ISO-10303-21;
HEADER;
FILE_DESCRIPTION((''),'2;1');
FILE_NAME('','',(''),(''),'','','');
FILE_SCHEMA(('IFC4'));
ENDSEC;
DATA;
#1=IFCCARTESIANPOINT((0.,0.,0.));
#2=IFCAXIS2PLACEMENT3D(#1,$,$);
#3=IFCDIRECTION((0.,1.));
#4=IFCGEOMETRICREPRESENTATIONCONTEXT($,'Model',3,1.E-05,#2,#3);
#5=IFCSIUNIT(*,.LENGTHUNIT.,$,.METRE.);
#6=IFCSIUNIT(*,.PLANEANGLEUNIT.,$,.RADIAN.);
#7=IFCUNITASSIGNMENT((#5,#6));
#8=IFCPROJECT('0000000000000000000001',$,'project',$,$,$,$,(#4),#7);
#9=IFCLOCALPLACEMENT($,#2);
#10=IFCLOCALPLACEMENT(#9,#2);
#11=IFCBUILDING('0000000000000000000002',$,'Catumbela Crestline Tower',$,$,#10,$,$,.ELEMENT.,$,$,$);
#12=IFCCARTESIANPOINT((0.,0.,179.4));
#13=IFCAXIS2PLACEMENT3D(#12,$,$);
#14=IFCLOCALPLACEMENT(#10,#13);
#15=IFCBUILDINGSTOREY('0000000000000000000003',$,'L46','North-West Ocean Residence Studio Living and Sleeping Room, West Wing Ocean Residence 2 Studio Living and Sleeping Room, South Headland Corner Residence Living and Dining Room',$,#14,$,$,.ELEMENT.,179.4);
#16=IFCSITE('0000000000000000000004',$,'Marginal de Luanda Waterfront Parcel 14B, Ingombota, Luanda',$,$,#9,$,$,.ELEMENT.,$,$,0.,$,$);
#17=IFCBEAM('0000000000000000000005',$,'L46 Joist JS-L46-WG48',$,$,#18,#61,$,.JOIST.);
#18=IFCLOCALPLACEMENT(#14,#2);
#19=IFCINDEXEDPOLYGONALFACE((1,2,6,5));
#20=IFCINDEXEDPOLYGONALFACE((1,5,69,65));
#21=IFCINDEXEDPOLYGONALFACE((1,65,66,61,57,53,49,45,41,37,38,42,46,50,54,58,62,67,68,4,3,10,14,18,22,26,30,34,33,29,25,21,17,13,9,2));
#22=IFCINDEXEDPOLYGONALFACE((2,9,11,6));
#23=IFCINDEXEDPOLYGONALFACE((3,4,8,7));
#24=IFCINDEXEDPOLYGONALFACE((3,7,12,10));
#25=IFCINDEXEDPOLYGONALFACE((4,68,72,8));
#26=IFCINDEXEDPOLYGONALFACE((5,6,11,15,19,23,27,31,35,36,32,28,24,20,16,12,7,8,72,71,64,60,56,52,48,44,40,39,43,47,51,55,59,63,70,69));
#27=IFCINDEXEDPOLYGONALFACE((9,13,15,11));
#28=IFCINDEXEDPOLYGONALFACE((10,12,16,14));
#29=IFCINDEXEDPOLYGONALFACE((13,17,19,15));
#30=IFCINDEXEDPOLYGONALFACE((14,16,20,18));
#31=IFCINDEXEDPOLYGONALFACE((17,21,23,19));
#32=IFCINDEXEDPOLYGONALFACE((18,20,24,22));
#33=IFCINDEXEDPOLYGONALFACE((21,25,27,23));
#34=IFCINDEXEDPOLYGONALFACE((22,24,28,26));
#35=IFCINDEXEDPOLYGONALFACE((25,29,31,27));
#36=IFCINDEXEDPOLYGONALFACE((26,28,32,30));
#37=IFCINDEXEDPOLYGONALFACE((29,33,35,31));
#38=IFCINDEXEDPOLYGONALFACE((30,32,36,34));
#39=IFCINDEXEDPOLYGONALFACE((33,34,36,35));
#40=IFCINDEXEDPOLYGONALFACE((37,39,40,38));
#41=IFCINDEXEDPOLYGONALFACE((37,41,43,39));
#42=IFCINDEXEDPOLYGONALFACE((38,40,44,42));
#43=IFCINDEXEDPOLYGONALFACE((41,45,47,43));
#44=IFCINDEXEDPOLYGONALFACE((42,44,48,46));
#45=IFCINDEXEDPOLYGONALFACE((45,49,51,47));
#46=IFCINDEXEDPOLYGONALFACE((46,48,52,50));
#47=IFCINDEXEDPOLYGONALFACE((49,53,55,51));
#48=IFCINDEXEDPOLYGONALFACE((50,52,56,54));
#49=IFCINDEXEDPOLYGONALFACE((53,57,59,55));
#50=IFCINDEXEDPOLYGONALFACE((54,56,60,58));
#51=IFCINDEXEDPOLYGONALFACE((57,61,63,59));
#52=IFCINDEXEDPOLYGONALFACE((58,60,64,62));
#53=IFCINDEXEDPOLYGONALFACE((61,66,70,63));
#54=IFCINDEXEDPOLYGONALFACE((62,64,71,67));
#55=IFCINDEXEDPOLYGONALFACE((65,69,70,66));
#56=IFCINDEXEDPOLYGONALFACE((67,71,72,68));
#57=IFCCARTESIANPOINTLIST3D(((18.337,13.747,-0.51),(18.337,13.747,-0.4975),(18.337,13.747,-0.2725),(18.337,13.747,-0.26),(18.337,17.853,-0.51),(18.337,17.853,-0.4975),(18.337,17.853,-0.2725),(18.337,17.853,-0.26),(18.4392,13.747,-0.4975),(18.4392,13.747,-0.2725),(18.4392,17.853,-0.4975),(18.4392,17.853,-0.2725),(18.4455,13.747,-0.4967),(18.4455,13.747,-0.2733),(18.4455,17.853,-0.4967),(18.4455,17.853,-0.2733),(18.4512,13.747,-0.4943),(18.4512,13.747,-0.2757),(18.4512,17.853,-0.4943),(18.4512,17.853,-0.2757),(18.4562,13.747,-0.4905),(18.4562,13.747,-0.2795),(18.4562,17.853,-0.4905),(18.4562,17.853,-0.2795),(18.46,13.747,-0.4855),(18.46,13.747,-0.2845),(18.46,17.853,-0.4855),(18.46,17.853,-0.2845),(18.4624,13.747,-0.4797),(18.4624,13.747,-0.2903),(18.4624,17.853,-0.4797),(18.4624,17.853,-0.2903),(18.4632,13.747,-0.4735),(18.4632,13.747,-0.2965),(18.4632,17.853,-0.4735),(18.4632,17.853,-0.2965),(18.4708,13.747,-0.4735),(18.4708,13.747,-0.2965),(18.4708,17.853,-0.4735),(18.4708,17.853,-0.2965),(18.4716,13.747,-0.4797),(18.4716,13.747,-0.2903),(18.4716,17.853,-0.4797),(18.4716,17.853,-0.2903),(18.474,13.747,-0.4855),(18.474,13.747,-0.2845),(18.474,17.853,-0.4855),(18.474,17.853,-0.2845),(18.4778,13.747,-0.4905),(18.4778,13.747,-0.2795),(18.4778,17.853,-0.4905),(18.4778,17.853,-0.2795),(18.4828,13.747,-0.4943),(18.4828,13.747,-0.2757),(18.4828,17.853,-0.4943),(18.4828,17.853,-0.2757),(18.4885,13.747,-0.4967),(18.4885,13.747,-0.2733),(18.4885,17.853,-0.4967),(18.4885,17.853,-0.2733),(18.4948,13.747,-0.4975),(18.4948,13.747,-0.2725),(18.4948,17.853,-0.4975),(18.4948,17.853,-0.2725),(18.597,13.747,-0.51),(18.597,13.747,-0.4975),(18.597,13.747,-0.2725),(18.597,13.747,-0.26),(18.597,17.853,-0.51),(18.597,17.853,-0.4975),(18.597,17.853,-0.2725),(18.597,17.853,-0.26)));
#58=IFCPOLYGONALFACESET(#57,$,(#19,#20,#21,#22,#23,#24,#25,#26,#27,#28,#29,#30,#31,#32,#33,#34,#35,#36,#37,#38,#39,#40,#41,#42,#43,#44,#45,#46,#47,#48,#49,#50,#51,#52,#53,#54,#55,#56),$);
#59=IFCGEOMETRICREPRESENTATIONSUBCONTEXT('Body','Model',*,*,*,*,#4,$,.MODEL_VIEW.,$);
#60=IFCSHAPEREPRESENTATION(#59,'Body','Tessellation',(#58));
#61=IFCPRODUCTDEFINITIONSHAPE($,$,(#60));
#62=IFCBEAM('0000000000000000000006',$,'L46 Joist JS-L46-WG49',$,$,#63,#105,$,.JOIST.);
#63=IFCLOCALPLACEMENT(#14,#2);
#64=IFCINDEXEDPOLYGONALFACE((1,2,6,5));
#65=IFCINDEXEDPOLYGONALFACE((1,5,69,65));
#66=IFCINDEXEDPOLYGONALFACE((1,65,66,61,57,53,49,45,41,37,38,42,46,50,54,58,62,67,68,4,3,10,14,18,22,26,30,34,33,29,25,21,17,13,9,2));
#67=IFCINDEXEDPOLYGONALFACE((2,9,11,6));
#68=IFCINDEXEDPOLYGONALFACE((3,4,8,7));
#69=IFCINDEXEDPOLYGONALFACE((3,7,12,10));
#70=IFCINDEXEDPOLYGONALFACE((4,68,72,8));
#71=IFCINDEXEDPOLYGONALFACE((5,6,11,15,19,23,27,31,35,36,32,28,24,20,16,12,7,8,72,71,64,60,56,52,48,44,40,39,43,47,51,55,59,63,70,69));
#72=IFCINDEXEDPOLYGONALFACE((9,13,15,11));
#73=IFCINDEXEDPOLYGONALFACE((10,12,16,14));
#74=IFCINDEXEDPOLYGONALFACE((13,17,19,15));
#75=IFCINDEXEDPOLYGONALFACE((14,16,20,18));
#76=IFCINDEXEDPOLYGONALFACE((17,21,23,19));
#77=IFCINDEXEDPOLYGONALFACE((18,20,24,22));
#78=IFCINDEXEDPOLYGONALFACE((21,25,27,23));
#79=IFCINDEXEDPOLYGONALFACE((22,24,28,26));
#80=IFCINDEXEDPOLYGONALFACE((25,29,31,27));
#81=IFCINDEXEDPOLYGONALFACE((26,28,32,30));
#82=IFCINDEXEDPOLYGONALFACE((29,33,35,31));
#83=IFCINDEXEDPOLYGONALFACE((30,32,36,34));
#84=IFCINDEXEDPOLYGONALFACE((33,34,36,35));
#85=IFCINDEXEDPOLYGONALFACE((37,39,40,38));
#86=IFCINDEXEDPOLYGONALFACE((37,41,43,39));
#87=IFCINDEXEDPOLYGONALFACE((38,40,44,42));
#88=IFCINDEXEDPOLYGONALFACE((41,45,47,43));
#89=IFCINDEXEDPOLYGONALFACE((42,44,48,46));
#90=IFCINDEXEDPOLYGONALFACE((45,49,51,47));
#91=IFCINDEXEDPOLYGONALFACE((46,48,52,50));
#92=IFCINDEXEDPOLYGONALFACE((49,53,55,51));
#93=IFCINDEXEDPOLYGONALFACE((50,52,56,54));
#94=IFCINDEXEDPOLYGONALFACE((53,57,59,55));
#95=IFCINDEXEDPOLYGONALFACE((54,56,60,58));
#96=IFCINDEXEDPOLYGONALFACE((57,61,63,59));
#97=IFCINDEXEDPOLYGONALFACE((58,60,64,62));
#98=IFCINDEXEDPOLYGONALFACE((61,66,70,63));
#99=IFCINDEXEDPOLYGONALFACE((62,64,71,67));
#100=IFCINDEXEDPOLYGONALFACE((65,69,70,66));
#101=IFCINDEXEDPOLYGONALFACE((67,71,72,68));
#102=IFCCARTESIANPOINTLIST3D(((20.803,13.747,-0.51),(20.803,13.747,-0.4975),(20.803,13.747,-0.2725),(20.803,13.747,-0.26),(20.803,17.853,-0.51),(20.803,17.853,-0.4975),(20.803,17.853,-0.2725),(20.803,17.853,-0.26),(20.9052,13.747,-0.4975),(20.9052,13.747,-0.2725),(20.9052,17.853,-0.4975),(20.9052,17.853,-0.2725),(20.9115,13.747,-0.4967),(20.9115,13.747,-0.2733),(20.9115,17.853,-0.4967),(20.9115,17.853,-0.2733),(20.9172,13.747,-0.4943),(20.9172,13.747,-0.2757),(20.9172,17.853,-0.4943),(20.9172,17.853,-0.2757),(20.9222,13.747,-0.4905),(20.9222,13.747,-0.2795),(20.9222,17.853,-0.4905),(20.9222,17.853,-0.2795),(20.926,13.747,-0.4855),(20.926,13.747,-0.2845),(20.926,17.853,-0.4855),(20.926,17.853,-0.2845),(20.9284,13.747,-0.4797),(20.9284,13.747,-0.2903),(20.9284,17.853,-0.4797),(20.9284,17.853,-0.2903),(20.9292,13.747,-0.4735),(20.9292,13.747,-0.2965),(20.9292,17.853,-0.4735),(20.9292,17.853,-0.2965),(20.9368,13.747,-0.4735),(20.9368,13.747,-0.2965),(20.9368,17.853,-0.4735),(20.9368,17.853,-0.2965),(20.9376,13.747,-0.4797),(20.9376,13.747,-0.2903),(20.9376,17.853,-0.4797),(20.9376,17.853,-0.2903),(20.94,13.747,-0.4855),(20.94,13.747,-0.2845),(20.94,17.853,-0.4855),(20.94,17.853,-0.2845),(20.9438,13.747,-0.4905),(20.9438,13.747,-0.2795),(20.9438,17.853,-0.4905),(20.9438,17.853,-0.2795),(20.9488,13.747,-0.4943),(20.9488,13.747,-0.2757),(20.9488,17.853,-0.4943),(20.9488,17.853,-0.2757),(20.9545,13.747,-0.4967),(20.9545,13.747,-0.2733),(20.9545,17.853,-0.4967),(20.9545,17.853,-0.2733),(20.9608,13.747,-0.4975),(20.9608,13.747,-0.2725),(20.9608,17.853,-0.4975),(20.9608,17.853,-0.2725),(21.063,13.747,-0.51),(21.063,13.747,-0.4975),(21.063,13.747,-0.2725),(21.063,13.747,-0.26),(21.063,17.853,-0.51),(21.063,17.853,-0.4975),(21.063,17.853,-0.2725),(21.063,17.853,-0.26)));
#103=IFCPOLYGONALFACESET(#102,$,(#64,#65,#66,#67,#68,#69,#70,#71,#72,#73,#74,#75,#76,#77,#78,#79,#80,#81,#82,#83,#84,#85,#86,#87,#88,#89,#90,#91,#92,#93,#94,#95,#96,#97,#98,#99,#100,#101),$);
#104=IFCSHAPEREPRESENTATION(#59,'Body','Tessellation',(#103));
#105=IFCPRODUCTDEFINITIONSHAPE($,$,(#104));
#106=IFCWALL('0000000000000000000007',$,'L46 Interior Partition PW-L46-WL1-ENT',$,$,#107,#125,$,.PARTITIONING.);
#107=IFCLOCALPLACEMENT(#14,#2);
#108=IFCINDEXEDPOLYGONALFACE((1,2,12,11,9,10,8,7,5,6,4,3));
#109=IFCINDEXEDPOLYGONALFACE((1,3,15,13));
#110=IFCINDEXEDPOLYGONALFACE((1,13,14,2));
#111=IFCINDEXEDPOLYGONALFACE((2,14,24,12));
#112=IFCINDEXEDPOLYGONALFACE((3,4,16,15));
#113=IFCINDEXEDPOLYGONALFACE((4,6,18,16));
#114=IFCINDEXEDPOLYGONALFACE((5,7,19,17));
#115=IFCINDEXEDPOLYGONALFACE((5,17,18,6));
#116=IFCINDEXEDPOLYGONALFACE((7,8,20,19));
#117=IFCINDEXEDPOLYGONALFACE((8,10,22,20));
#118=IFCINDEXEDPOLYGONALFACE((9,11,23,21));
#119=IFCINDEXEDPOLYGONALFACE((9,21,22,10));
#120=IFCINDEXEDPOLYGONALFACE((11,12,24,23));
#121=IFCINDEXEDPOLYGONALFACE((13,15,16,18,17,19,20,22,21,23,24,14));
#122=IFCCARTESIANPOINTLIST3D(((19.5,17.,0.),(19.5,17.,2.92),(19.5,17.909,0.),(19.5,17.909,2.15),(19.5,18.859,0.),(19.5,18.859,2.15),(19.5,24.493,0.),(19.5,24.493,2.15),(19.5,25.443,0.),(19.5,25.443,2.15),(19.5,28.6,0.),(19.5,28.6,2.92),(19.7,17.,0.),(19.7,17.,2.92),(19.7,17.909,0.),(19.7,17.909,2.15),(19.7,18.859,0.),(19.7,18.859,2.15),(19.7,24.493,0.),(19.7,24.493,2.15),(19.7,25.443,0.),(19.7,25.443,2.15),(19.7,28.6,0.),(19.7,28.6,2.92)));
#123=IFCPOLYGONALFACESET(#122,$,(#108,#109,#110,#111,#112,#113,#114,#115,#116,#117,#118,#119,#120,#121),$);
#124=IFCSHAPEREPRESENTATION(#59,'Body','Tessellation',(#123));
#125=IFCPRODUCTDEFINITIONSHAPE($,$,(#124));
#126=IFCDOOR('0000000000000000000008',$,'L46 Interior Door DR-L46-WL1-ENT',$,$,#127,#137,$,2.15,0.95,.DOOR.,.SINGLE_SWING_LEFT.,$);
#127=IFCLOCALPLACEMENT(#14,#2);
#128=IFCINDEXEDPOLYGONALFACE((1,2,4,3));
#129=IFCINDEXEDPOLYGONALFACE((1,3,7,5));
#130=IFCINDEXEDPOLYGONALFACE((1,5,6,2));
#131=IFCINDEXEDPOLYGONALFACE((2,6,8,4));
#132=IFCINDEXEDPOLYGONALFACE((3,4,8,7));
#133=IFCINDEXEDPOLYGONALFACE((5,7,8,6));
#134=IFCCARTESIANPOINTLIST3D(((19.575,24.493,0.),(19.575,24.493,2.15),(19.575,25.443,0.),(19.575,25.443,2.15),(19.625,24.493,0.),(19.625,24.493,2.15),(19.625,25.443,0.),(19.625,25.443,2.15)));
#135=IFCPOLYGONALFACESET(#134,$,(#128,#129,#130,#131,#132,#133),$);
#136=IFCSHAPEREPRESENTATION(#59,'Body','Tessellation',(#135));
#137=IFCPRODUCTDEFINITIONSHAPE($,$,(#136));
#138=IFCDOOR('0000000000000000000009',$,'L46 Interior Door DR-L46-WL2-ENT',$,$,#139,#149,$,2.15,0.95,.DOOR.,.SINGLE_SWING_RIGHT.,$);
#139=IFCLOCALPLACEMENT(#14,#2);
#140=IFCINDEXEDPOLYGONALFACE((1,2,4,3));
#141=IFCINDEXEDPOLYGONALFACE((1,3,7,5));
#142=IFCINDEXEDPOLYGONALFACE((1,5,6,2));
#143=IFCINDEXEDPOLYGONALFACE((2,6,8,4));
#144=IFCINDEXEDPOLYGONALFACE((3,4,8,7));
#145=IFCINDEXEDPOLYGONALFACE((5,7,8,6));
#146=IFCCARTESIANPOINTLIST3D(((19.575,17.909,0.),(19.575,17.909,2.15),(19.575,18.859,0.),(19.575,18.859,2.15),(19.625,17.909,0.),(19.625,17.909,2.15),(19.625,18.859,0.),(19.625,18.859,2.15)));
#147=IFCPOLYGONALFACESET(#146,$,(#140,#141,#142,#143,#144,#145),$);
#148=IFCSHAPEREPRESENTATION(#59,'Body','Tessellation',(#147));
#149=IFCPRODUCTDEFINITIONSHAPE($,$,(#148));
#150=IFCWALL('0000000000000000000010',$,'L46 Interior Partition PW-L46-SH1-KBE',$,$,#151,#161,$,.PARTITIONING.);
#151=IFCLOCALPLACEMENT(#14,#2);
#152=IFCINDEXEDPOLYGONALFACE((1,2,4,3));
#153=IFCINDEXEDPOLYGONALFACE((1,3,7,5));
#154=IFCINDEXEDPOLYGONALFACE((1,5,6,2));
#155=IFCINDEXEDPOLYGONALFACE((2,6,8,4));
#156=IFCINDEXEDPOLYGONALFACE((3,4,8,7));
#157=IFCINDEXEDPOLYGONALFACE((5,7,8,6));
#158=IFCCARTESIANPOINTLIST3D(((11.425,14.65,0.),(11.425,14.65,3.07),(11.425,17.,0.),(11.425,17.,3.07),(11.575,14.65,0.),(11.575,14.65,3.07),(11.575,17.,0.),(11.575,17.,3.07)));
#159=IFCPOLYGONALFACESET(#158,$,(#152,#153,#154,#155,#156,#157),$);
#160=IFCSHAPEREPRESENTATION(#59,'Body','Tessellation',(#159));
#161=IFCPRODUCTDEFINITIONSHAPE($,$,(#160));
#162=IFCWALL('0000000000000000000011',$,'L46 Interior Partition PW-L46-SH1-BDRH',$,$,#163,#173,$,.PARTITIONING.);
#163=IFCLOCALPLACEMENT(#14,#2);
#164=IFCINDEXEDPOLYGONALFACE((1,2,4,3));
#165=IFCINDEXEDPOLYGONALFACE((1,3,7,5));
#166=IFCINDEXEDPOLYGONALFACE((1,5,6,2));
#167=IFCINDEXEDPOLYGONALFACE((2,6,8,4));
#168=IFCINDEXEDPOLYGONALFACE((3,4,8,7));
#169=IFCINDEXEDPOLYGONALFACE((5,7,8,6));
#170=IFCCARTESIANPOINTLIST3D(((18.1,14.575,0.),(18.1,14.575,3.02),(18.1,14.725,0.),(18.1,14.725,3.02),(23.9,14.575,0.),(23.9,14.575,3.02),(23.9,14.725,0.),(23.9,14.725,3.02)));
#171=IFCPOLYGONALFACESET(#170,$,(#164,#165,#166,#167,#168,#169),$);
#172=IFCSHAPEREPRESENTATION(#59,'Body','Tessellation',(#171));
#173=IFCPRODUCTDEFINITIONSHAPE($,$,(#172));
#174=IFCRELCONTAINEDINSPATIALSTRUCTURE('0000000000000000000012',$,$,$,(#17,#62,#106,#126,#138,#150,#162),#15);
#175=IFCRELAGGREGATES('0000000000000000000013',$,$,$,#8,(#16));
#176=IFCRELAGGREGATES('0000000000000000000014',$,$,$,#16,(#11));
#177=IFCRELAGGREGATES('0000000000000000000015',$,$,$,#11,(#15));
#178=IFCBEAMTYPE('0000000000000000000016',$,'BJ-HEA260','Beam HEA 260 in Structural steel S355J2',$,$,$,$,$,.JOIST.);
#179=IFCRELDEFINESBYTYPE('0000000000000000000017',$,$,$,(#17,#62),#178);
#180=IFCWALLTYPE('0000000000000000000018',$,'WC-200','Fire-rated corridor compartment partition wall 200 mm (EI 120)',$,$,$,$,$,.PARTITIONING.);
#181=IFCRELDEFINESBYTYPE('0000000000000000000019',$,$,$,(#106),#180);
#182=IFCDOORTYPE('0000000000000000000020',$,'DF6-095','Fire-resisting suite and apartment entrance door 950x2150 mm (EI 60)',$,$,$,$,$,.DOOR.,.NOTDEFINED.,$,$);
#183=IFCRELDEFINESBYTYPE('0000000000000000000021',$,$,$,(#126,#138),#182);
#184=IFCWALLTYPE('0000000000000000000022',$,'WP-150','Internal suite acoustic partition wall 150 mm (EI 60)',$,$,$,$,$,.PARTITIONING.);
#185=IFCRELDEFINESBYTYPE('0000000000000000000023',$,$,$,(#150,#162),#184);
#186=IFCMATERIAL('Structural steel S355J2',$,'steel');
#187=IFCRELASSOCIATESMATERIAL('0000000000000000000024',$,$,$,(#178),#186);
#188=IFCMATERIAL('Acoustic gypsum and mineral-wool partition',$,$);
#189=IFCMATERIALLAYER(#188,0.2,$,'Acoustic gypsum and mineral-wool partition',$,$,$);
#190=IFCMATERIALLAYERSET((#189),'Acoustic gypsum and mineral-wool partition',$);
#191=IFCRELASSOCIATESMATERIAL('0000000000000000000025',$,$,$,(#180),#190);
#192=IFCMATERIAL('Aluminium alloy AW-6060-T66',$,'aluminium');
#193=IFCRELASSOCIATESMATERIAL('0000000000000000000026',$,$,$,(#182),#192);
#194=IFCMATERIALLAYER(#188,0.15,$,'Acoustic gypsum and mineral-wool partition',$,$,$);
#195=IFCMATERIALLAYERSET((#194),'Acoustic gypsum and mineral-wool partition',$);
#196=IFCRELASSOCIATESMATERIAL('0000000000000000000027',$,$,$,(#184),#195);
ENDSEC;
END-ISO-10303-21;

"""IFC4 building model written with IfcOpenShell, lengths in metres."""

from ifc_helpers import new_model, si_unit, direction, frame, frame_2d, origin, origin_2d, place, context, subcontext, project, spatial, rectangle, i_section, extrude, material, layer, layer_set, material_profile, profile_set, type_object, element, fill, save


model = new_model("IFC4")

# Units and contexts
model_context = context("Model", 3, precision=1e-05, world=origin(), true_north=direction((0.0, 1.0)))
body_context = subcontext(model_context, "Body", "Model", "MODEL_VIEW")
ifc_project = project(units=[si_unit("LENGTHUNIT", "METRE"), si_unit("PLANEANGLEUNIT", "RADIAN")], contexts=[model_context])

# Site, building, storey
site_placement = place(None, origin())
site = spatial("IfcSite", under=ifc_project, at=site_placement, Name="Marginal de Luanda Waterfront Parcel 14B, Ingombota, Luanda", CompositionType="ELEMENT", RefElevation=0.0)
building_placement = place(site_placement, origin())
building = spatial("IfcBuilding", under=site, at=building_placement, Name="Catumbela Crestline Tower", CompositionType="ELEMENT")
storey_placement = place(building_placement, frame((0.0, 0.0, 179.4)))
storey = spatial("IfcBuildingStorey", under=building, at=storey_placement, Name="L46", Description="North-West Ocean Residence Studio Living and Sleeping Room, West Wing Ocean Residence 2 Studio Living and Sleeping Room, South Headland Corner Residence Living and Dining Room", CompositionType="ELEMENT", Elevation=179.4)

# Shared definitions
ifc_material_1 = material(Name="Structural steel S355J2", Category="steel")

# Beams
ifc_material_profile_1 = material_profile(ifc_material_1, i_section(OverallWidth=0.26, OverallDepth=0.25, WebThickness=0.0075, FlangeThickness=0.0125, FilletRadius=0.024, at=origin_2d()), Name="HEA 260")
ifc_profile_set_1 = profile_set([ifc_material_profile_1], Name="Structural steel S355J2")
beam_type_1 = type_object("IfcBeamType", Name="BJ-HEA260", Description="Beam HEA 260 in Structural steel S355J2", PredefinedType="JOIST", material=ifc_profile_set_1)
for number, where, z_axis, x_axis, name in (
    (1, (18.467, 13.747, -0.385), (0.0, 1.0, 0.0), (-1.0, 0.0, 0.0), "L46 Joist JS-L46-WG48"),
    (2, (20.933, 13.747, -0.385), (0.0, 1.0, 0.0), (-1.0, 0.0, 0.0), "L46 Joist JS-L46-WG49"),
):
    element("IfcBeam", number, at=place(storey_placement, frame(where, z_axis=z_axis, x_axis=x_axis)), inside=storey, type_object=beam_type_1, Name=name, PredefinedType="JOIST", context=body_context, shape_type="SweptSolid", body=[
        extrude(i_section(OverallWidth=0.26, OverallDepth=0.25, WebThickness=0.0075, FlangeThickness=0.0125, FilletRadius=0.024, at=origin_2d()), origin(), (0.0, 0.0, 1.0), 4.106),
    ])

# Wall, openings, doors
ifc_material_2 = material(Name="Acoustic gypsum and mineral-wool partition")
ifc_layer_1 = layer(ifc_material_2, 0.2, Name="Acoustic gypsum and mineral-wool partition")
ifc_layer_set_1 = layer_set([ifc_layer_1], Name="Acoustic gypsum and mineral-wool partition")
wall_type_1 = type_object("IfcWallType", Name="WC-200", Description="Fire-rated corridor compartment partition wall 200 mm (EI 120)", PredefinedType="PARTITIONING", material=ifc_layer_set_1)
wall_1_placement = place(storey_placement, frame((19.6, 17.0, 0.0), z_axis=(0.0, 0.0, 1.0), x_axis=(0.0, 1.0, 0.0)))
wall_1 = element("IfcWall", 3, at=wall_1_placement, inside=storey, type_object=wall_type_1, Name="L46 Interior Partition PW-L46-WL1-ENT", PredefinedType="PARTITIONING", context=body_context, shape_type="SweptSolid", body=[
    extrude(rectangle(XDim=11.6, YDim=0.2, at=frame_2d((5.8, 0.0))), origin(), (0.0, 0.0, 1.0), 2.92),
])
opening_1_placement = place(wall_1_placement, frame((7.493, 0.0, 0.0)))
opening_1 = element("IfcOpeningElement", 4, at=opening_1_placement, cuts=wall_1, PredefinedType="OPENING", context=body_context, shape_type="SweptSolid", body=[
    extrude(rectangle(XDim=0.95, YDim=2.15, at=frame_2d((0.475, 1.075))), frame((0.0, 0.11, 0.0), z_axis=(0.0, -1.0, 0.0), x_axis=(1.0, 0.0, 0.0)), (0.0, 0.0, 1.0), 0.22),
])
opening_2_placement = place(wall_1_placement, frame((0.909, 0.0, 0.0)))
opening_2 = element("IfcOpeningElement", 5, at=opening_2_placement, cuts=wall_1, PredefinedType="OPENING", context=body_context, shape_type="SweptSolid", body=[
    extrude(rectangle(XDim=0.95, YDim=2.15, at=frame_2d((0.475, 1.075))), frame((0.0, 0.11, 0.0), z_axis=(0.0, -1.0, 0.0), x_axis=(1.0, 0.0, 0.0)), (0.0, 0.0, 1.0), 0.22),
])
ifc_material_3 = material(Name="Aluminium alloy AW-6060-T66", Category="aluminium")
door_type = type_object("IfcDoorType", Name="DF6-095", Description="Fire-resisting suite and apartment entrance door 950x2150 mm (EI 60)", OperationType="NOTDEFINED", PredefinedType="DOOR", material=ifc_material_3)
door_1_placement = place(opening_1_placement, origin())
door_1 = element("IfcDoor", 6, at=door_1_placement, inside=storey, type_object=door_type, Name="L46 Interior Door DR-L46-WL1-ENT", OperationType="SINGLE_SWING_LEFT", OverallHeight=2.15, OverallWidth=0.95, PredefinedType="DOOR", context=body_context, shape_type="SweptSolid", body=[
    extrude(rectangle(XDim=0.95, YDim=2.15, at=frame_2d((0.475, 1.075))), frame((0.0, 0.025, 0.0), z_axis=(0.0, -1.0, 0.0), x_axis=(1.0, 0.0, 0.0)), (0.0, 0.0, 1.0), 0.05),
])
fill(opening_1, door_1)
door_2_placement = place(opening_2_placement, origin())
door_2 = element("IfcDoor", 7, at=door_2_placement, inside=storey, type_object=door_type, Name="L46 Interior Door DR-L46-WL2-ENT", OperationType="SINGLE_SWING_RIGHT", OverallHeight=2.15, OverallWidth=0.95, PredefinedType="DOOR", context=body_context, shape_type="SweptSolid", body=[
    extrude(rectangle(XDim=0.95, YDim=2.15, at=frame_2d((0.475, 1.075))), frame((0.0, 0.025, 0.0), z_axis=(0.0, -1.0, 0.0), x_axis=(1.0, 0.0, 0.0)), (0.0, 0.0, 1.0), 0.05),
])
fill(opening_2, door_2)

# Walls
ifc_layer_2 = layer(ifc_material_2, 0.15, Name="Acoustic gypsum and mineral-wool partition")
ifc_layer_set_2 = layer_set([ifc_layer_2], Name="Acoustic gypsum and mineral-wool partition")
wall_type_2 = type_object("IfcWallType", Name="WP-150", Description="Internal suite acoustic partition wall 150 mm (EI 60)", PredefinedType="PARTITIONING", material=ifc_layer_set_2)
wall_2_placement = place(storey_placement, frame((11.5, 14.65, 0.0), z_axis=(0.0, 0.0, 1.0), x_axis=(0.0, 1.0, 0.0)))
element("IfcWall", 8, at=wall_2_placement, inside=storey, type_object=wall_type_2, Name="L46 Interior Partition PW-L46-SH1-KBE", PredefinedType="PARTITIONING", context=body_context, shape_type="SweptSolid", body=[
    extrude(rectangle(XDim=2.35, YDim=0.15, at=frame_2d((1.175, 0.0))), origin(), (0.0, 0.0, 1.0), 3.07),
])
wall_3_placement = place(storey_placement, frame((18.1, 14.65, 0.0), z_axis=(0.0, 0.0, 1.0), x_axis=(1.0, 0.0, 0.0)))
element("IfcWall", 9, at=wall_3_placement, inside=storey, type_object=wall_type_2, Name="L46 Interior Partition PW-L46-SH1-BDRH", PredefinedType="PARTITIONING", context=body_context, shape_type="SweptSolid", body=[
    extrude(rectangle(XDim=5.8, YDim=0.15, at=frame_2d((2.9, 0.0))), origin(), (0.0, 0.0, 1.0), 3.02),
])

save(model, "model.ifc")
